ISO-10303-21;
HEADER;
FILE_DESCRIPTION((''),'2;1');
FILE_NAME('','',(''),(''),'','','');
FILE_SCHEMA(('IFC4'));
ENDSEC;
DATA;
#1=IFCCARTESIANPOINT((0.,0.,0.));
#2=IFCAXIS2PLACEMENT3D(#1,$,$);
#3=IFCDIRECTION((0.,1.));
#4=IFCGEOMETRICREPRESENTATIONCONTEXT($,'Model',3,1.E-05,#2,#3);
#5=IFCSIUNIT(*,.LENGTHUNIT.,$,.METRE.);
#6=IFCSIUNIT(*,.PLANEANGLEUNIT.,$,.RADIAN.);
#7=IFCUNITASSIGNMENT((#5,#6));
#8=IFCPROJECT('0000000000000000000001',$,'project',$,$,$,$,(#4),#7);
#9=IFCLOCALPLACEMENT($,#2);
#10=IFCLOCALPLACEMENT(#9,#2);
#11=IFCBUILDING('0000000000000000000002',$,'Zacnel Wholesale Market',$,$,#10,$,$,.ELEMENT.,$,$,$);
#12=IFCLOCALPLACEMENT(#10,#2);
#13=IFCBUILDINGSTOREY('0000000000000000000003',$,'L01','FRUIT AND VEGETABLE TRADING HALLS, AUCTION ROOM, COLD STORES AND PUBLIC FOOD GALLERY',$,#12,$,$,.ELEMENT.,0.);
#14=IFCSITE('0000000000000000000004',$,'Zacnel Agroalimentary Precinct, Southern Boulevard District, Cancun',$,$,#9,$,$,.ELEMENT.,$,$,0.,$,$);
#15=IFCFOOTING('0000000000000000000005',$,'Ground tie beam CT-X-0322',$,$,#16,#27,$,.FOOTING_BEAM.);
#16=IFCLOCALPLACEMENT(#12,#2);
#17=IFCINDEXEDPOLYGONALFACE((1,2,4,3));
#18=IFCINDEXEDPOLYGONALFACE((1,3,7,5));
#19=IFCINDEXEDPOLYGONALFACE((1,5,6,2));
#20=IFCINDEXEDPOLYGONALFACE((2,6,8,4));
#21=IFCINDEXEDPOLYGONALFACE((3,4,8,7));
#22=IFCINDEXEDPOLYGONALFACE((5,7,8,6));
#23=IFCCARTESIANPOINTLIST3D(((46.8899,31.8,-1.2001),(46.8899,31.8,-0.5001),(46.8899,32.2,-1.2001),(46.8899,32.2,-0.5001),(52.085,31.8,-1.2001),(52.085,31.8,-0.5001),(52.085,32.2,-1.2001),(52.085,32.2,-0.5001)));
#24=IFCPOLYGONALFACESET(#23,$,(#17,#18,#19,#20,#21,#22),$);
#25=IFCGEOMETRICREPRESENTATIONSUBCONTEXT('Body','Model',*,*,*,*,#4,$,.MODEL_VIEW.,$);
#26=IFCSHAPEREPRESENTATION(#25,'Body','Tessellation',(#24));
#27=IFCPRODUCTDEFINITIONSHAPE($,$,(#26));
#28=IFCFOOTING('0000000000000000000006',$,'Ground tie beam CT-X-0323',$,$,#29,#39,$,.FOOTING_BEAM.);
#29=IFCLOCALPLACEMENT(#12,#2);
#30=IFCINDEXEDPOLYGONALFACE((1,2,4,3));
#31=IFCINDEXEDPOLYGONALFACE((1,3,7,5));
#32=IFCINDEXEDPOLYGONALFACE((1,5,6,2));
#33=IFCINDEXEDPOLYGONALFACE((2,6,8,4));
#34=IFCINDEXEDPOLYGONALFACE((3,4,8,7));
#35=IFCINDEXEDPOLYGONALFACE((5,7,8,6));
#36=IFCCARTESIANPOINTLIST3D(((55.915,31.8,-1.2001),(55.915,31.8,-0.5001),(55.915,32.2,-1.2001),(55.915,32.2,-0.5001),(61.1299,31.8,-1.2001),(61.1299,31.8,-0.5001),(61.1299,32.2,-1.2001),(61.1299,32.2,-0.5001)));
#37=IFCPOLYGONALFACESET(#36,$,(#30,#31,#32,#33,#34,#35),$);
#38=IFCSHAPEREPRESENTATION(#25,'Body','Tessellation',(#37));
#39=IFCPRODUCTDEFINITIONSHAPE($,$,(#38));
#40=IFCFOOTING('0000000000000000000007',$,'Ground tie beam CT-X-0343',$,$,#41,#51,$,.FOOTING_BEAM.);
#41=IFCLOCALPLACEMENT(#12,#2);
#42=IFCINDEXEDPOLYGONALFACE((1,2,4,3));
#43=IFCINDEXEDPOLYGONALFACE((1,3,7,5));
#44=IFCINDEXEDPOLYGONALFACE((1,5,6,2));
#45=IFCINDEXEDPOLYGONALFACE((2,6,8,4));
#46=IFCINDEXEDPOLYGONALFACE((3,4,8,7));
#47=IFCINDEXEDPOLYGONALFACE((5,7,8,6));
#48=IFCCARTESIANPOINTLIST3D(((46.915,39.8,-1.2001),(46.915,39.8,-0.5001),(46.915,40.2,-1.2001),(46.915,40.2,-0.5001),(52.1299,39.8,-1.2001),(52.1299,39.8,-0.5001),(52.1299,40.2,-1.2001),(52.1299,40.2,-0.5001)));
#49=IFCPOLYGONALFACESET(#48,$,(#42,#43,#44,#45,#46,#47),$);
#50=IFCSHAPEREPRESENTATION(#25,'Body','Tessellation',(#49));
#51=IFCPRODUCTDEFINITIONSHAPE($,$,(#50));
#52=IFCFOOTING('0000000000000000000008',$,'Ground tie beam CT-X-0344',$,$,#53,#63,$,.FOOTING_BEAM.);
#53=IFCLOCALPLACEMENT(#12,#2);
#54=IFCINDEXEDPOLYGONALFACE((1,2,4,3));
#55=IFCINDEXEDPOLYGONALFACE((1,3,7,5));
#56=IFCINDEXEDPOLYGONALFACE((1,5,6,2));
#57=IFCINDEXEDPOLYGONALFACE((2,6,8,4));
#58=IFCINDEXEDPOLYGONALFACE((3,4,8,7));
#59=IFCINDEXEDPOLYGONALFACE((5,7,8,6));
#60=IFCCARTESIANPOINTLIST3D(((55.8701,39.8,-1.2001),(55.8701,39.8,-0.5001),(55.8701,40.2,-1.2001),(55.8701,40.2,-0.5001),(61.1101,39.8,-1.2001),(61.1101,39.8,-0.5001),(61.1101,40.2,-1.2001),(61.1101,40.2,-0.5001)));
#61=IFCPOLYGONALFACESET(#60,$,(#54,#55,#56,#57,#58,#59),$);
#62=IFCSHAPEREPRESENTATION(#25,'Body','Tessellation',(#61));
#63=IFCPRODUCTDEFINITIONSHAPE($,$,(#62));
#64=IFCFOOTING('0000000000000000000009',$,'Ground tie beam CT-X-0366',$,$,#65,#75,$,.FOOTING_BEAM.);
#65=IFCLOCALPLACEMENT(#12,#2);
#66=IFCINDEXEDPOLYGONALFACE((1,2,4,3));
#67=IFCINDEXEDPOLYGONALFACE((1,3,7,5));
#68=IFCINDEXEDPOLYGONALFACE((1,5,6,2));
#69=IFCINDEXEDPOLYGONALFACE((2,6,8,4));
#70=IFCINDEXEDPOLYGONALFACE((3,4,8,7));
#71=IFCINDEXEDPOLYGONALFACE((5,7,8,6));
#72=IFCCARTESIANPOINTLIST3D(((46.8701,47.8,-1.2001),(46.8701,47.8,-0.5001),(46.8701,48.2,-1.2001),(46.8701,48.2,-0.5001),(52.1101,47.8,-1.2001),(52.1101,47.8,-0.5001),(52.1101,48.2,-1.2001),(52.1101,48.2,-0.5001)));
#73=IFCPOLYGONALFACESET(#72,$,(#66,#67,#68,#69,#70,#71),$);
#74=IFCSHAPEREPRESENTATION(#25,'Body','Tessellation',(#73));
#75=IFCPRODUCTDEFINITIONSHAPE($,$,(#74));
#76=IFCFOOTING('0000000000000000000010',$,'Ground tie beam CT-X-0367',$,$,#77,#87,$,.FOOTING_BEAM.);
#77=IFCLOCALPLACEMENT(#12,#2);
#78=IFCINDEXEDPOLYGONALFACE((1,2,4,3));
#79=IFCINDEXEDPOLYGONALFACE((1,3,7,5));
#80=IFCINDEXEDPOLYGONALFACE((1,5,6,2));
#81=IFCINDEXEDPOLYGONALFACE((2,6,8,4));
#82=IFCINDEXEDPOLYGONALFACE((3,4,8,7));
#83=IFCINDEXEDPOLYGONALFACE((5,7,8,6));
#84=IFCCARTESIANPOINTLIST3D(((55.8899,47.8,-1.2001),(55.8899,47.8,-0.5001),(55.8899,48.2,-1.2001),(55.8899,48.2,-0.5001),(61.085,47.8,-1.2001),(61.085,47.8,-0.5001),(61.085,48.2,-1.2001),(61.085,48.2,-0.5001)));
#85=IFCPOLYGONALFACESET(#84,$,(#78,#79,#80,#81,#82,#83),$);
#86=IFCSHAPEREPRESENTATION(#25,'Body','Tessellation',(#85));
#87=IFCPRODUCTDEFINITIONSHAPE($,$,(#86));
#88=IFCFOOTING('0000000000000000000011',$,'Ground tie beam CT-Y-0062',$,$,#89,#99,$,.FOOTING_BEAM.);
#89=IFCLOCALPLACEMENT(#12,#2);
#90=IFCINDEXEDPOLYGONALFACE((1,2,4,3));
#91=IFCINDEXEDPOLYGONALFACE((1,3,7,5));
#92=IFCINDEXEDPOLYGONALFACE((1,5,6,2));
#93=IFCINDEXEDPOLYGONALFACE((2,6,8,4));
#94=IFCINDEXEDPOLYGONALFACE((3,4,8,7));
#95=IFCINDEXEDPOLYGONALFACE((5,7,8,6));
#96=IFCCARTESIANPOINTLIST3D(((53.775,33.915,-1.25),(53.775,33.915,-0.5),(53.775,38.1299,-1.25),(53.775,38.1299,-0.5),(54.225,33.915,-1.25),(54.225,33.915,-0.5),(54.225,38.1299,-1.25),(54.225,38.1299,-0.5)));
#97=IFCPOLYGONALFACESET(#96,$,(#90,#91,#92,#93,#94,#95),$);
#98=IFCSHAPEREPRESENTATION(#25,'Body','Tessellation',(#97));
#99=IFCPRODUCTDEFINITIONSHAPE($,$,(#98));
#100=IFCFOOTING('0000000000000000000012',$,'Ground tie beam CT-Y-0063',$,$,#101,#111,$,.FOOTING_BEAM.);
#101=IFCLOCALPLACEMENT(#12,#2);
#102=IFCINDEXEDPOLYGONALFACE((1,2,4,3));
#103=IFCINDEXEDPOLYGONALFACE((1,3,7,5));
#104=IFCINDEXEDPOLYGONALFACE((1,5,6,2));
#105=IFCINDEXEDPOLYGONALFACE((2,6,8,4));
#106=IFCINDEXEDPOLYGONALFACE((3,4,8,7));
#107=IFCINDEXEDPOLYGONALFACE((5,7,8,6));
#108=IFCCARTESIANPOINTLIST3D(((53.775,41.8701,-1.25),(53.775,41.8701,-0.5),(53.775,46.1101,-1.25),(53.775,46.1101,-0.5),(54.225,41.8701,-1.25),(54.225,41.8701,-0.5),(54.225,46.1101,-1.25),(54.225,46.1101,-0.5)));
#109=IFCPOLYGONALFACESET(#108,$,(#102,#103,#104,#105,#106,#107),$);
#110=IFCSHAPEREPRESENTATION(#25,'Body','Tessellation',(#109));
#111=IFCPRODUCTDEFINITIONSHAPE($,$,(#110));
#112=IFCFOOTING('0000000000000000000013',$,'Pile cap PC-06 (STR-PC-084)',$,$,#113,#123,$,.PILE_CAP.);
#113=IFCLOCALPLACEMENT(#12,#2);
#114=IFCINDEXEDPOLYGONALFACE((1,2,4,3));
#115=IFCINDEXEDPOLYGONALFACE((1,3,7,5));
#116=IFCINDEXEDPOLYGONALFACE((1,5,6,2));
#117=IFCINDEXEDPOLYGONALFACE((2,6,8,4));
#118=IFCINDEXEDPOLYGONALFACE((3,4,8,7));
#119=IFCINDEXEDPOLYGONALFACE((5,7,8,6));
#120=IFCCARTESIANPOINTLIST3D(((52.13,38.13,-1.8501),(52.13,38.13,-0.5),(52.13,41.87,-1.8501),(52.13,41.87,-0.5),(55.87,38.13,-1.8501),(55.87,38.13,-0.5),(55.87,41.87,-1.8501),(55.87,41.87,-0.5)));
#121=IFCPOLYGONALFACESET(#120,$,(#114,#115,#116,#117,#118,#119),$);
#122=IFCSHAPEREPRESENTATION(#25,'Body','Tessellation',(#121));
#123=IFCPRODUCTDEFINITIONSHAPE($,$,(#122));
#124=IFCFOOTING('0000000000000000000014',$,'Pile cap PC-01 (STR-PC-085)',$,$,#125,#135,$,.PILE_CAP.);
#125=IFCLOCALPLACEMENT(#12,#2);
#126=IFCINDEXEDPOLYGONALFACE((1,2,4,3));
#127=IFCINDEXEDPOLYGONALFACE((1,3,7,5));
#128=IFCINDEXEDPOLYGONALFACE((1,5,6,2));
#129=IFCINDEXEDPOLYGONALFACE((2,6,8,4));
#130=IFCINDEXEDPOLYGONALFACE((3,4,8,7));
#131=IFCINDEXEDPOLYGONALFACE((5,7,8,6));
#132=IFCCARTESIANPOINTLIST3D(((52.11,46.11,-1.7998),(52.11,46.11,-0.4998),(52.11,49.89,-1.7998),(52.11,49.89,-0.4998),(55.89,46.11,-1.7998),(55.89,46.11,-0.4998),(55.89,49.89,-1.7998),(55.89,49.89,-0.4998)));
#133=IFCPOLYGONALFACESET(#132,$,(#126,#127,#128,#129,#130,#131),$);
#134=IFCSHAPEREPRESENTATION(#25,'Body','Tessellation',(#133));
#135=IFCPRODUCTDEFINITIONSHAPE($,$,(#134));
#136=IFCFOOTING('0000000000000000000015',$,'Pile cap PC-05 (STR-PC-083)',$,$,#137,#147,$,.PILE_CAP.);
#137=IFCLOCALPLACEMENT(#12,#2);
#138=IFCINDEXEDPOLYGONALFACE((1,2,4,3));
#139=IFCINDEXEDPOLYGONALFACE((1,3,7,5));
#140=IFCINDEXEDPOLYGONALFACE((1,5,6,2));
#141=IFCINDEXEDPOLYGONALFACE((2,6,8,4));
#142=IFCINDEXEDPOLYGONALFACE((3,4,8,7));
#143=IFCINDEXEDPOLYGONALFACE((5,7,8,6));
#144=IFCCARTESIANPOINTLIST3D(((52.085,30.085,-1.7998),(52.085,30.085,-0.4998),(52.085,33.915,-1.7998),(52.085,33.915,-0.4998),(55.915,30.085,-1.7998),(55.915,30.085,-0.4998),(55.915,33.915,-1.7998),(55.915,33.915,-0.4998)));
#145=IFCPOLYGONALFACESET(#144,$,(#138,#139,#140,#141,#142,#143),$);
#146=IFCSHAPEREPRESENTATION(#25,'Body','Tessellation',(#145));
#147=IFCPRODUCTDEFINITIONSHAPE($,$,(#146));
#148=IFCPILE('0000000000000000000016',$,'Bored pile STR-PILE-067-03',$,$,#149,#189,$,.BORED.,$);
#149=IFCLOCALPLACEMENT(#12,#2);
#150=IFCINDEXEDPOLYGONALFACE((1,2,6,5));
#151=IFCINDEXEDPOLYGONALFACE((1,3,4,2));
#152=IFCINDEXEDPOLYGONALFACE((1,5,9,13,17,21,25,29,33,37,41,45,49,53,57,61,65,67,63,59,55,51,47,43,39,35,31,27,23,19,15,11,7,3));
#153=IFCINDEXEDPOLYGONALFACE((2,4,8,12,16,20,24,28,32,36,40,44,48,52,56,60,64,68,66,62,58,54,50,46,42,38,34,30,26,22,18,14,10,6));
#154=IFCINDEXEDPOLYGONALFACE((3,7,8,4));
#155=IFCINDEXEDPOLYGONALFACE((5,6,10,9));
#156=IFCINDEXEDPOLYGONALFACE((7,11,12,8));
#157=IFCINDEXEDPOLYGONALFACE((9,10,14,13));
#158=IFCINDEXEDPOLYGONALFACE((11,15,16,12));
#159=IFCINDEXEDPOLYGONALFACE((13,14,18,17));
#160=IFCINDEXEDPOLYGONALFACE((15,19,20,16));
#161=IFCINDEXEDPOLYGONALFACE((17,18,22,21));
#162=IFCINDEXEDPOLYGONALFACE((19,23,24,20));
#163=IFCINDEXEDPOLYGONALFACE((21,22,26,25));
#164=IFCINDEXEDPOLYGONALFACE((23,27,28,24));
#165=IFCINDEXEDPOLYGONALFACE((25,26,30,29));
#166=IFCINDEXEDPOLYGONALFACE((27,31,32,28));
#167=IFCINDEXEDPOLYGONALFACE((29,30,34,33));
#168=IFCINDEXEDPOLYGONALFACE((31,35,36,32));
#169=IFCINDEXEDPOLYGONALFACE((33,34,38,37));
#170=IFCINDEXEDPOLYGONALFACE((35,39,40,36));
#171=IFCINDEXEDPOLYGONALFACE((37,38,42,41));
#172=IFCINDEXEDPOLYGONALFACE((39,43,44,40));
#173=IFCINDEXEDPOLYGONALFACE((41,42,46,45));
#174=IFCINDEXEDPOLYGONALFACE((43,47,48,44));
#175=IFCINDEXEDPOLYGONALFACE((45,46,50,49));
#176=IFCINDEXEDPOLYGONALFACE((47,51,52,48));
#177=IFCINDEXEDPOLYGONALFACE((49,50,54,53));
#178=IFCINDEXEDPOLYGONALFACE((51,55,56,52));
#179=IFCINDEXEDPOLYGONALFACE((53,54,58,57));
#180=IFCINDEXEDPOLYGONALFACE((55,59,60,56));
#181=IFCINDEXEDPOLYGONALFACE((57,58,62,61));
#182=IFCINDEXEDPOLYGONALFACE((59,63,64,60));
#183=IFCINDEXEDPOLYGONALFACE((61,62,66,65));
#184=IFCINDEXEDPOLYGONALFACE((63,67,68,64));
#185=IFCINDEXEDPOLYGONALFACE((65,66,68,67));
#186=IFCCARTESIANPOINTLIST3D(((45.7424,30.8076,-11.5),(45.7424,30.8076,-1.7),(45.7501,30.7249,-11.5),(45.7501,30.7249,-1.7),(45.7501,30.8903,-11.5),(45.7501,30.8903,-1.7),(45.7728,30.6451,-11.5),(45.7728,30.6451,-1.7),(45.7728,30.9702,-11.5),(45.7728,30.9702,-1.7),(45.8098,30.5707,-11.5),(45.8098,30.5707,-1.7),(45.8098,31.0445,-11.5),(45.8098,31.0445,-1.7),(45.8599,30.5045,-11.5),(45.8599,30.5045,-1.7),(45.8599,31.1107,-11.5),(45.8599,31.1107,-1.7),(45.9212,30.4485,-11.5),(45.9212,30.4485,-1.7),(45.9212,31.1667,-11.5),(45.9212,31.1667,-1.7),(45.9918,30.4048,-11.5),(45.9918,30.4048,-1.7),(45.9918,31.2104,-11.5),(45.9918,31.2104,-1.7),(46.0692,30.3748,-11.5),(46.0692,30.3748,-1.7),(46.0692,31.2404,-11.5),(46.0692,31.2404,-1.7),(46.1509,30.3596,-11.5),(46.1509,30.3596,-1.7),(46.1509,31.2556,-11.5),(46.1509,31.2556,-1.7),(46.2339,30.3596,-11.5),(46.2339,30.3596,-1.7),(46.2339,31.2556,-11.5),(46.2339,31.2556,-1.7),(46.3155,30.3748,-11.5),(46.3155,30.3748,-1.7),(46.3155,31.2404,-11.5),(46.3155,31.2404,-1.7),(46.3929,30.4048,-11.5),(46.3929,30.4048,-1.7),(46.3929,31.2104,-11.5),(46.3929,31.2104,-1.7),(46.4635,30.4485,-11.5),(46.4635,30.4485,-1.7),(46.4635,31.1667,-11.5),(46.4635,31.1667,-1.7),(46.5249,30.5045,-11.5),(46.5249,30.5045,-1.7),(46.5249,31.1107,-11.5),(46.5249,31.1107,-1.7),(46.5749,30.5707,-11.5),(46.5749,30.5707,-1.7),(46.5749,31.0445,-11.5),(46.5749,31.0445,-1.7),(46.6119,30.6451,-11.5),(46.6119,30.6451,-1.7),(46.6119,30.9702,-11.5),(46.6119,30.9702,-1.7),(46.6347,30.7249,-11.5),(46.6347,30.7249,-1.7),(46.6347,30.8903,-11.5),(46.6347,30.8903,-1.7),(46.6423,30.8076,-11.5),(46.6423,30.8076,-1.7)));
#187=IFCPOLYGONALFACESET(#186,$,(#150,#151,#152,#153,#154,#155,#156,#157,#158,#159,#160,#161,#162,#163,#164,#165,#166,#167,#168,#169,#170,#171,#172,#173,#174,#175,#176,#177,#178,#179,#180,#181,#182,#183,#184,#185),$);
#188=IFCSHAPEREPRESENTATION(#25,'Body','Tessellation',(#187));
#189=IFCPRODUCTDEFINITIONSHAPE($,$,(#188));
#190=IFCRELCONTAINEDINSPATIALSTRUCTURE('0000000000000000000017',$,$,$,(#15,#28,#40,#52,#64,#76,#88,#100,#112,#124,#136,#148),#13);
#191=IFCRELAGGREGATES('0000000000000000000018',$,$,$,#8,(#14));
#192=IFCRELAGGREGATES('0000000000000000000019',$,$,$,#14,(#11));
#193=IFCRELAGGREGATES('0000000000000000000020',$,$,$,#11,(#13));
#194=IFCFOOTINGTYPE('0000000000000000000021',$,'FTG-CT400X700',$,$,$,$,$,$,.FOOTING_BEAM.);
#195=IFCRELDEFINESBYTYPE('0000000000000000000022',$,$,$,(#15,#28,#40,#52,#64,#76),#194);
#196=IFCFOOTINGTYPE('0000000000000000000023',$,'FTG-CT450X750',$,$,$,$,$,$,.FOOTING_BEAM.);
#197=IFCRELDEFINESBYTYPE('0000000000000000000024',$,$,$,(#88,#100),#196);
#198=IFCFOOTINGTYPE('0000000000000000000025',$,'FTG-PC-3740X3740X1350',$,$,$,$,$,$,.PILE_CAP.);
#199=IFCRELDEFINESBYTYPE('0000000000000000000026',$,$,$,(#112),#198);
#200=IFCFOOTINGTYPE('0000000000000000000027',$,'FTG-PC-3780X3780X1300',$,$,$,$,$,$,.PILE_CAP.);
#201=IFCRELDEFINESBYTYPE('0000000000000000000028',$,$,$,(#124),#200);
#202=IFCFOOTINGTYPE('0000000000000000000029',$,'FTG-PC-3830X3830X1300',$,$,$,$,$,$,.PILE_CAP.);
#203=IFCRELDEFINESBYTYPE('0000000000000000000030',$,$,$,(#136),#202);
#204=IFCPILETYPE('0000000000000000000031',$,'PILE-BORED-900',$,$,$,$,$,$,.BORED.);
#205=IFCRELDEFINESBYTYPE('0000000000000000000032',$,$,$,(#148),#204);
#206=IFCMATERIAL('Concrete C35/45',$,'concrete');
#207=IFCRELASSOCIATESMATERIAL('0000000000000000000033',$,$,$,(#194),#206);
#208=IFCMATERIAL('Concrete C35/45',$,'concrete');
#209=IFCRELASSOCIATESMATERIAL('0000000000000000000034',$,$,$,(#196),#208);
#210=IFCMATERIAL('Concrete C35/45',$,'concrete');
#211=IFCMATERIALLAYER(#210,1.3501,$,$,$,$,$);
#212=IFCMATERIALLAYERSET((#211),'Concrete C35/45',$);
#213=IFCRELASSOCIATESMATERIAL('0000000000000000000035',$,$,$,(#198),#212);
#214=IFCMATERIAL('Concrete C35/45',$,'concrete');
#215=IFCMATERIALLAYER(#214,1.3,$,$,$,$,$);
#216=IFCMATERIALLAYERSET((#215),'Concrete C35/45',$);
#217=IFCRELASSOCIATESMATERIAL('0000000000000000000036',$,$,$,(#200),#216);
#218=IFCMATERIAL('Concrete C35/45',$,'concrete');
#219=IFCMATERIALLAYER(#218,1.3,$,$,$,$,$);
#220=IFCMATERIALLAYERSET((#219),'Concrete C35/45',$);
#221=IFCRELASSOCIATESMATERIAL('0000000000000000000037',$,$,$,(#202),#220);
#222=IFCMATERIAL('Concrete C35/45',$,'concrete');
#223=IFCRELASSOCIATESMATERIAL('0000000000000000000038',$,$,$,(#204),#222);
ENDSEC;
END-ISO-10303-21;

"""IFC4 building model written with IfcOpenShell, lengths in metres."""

from ifc_helpers import new_model, si_unit, direction, frame, origin, origin_2d, place, context, subcontext, project, spatial, rectangle, circle, extrude, material, layer, layer_set, material_profile, profile_set, type_object, element, save


model = new_model("IFC4")

# Units and contexts
model_context = context("Model", 3, precision=1e-05, world=origin(), true_north=direction((0.0, 1.0)))
body_context = subcontext(model_context, "Body", "Model", "MODEL_VIEW")
ifc_project = project(units=[si_unit("LENGTHUNIT", "METRE"), si_unit("PLANEANGLEUNIT", "RADIAN")], contexts=[model_context])

# Site, building, storey
site_placement = place(None, origin())
site = spatial("IfcSite", under=ifc_project, at=site_placement, Name="Zacnel Agroalimentary Precinct, Southern Boulevard District, Cancun", CompositionType="ELEMENT", RefElevation=0.0)
building_placement = place(site_placement, origin())
building = spatial("IfcBuilding", under=site, at=building_placement, Name="Zacnel Wholesale Market", CompositionType="ELEMENT")
storey_placement = place(building_placement, origin())
storey = spatial("IfcBuildingStorey", under=building, at=storey_placement, Name="L01", Description="FRUIT AND VEGETABLE TRADING HALLS, AUCTION ROOM, COLD STORES AND PUBLIC FOOD GALLERY", CompositionType="ELEMENT", Elevation=0.0)

# Footings
ifc_material_1 = material(Name="Concrete C35/45", Category="concrete")
ifc_material_profile_1 = material_profile(ifc_material_1, rectangle(XDim=0.3999, YDim=0.7, at=origin_2d()), Name="CT 400x700")
ifc_profile_set_1 = profile_set([ifc_material_profile_1], Name="Concrete C35/45")
footing_type_1 = type_object("IfcFootingType", Name="FTG-CT400X700", PredefinedType="FOOTING_BEAM", material=ifc_profile_set_1)
footing_1_placement = place(storey_placement, frame((46.8899, 32.0, -0.8501), z_axis=(1.0, 0.0, 0.0), x_axis=(0.0, 1.0, 0.0)))
element("IfcFooting", 1, at=footing_1_placement, inside=storey, type_object=footing_type_1, Name="Ground tie beam CT-X-0322", PredefinedType="FOOTING_BEAM", context=body_context, shape_type="SweptSolid", body=[
    extrude(rectangle(XDim=0.3999, YDim=0.7, at=origin_2d()), origin(), (0.0, 0.0, 1.0), 5.1951),
])
for number, where, z_axis, x_axis, name in (
    (2, (55.915, 32.0, -0.8501), (1.0, 0.0, 0.0), (0.0, 1.0, 0.0), "Ground tie beam CT-X-0323"),
    (3, (46.915, 40.0, -0.8501), (1.0, 0.0, 0.0), (0.0, 1.0, 0.0), "Ground tie beam CT-X-0343"),
):
    element("IfcFooting", number, at=place(storey_placement, frame(where, z_axis=z_axis, x_axis=x_axis)), inside=storey, type_object=footing_type_1, Name=name, PredefinedType="FOOTING_BEAM", context=body_context, shape_type="SweptSolid", body=[
        extrude(rectangle(XDim=0.3999, YDim=0.7, at=origin_2d()), origin(), (0.0, 0.0, 1.0), 5.2148),
    ])
for number, where, z_axis, x_axis, name in (
    (4, (55.8701, 40.0, -0.8501), (1.0, 0.0, 0.0), (0.0, 1.0, 0.0), "Ground tie beam CT-X-0344"),
    (5, (46.8701, 48.0, -0.8501), (1.0, 0.0, 0.0), (0.0, 1.0, 0.0), "Ground tie beam CT-X-0366"),
):
    element("IfcFooting", number, at=place(storey_placement, frame(where, z_axis=z_axis, x_axis=x_axis)), inside=storey, type_object=footing_type_1, Name=name, PredefinedType="FOOTING_BEAM", context=body_context, shape_type="SweptSolid", body=[
        extrude(rectangle(XDim=0.3999, YDim=0.7, at=origin_2d()), origin(), (0.0, 0.0, 1.0), 5.24),
    ])
footing_2_placement = place(storey_placement, frame((55.8899, 48.0, -0.8501), z_axis=(1.0, 0.0, 0.0), x_axis=(0.0, 1.0, 0.0)))
element("IfcFooting", 6, at=footing_2_placement, inside=storey, type_object=footing_type_1, Name="Ground tie beam CT-X-0367", PredefinedType="FOOTING_BEAM", context=body_context, shape_type="SweptSolid", body=[
    extrude(rectangle(XDim=0.3999, YDim=0.7, at=origin_2d()), origin(), (0.0, 0.0, 1.0), 5.1951),
])
ifc_material_2 = material(Name="Concrete C35/45", Category="concrete")
ifc_material_profile_2 = material_profile(ifc_material_2, rectangle(XDim=0.45, YDim=0.75, at=origin_2d()), Name="CT 450x750")
ifc_profile_set_2 = profile_set([ifc_material_profile_2], Name="Concrete C35/45")
footing_type_2 = type_object("IfcFootingType", Name="FTG-CT450X750", PredefinedType="FOOTING_BEAM", material=ifc_profile_set_2)
footing_3_placement = place(storey_placement, frame((54.0, 33.915, -0.875), z_axis=(0.0, 1.0, 0.0), x_axis=(-1.0, 0.0, 0.0)))
element("IfcFooting", 7, at=footing_3_placement, inside=storey, type_object=footing_type_2, Name="Ground tie beam CT-Y-0062", PredefinedType="FOOTING_BEAM", context=body_context, shape_type="SweptSolid", body=[
    extrude(rectangle(XDim=0.45, YDim=0.75, at=origin_2d()), origin(), (0.0, 0.0, 1.0), 4.2148),
])
footing_4_placement = place(storey_placement, frame((54.0, 41.8701, -0.875), z_axis=(0.0, 1.0, 0.0), x_axis=(-1.0, 0.0, 0.0)))
element("IfcFooting", 8, at=footing_4_placement, inside=storey, type_object=footing_type_2, Name="Ground tie beam CT-Y-0063", PredefinedType="FOOTING_BEAM", context=body_context, shape_type="SweptSolid", body=[
    extrude(rectangle(XDim=0.45, YDim=0.75, at=origin_2d()), origin(), (0.0, 0.0, 1.0), 4.24),
])
ifc_material_3 = material(Name="Concrete C35/45", Category="concrete")
ifc_layer_1 = layer(ifc_material_3, 1.3501)
ifc_layer_set_1 = layer_set([ifc_layer_1], Name="Concrete C35/45")
footing_type_3 = type_object("IfcFootingType", Name="FTG-PC-3740X3740X1350", PredefinedType="PILE_CAP", material=ifc_layer_set_1)
footing_5_placement = place(storey_placement, frame((54.0, 40.0, -1.8501), z_axis=(0.0, 0.0, 1.0), x_axis=(1.0, 0.0, 0.0)))
element("IfcFooting", 9, at=footing_5_placement, inside=storey, type_object=footing_type_3, Name="Pile cap PC-06 (STR-PC-084)", PredefinedType="PILE_CAP", context=body_context, shape_type="SweptSolid", body=[
    extrude(rectangle(XDim=3.74, YDim=3.74, at=origin_2d()), origin(), (0.0, 0.0, 1.0), 1.3501),
])
ifc_material_4 = material(Name="Concrete C35/45", Category="concrete")
ifc_layer_2 = layer(ifc_material_4, 1.3)
ifc_layer_set_2 = layer_set([ifc_layer_2], Name="Concrete C35/45")
footing_type_4 = type_object("IfcFootingType", Name="FTG-PC-3780X3780X1300", PredefinedType="PILE_CAP", material=ifc_layer_set_2)
footing_6_placement = place(storey_placement, frame((54.0, 48.0, -1.7998), z_axis=(0.0, 0.0, 1.0), x_axis=(1.0, 0.0, 0.0)))
element("IfcFooting", 10, at=footing_6_placement, inside=storey, type_object=footing_type_4, Name="Pile cap PC-01 (STR-PC-085)", PredefinedType="PILE_CAP", context=body_context, shape_type="SweptSolid", body=[
    extrude(rectangle(XDim=3.78, YDim=3.78, at=origin_2d()), origin(), (0.0, 0.0, 1.0), 1.3),
])
ifc_material_5 = material(Name="Concrete C35/45", Category="concrete")
ifc_layer_3 = layer(ifc_material_5, 1.3)
ifc_layer_set_3 = layer_set([ifc_layer_3], Name="Concrete C35/45")
footing_type_5 = type_object("IfcFootingType", Name="FTG-PC-3830X3830X1300", PredefinedType="PILE_CAP", material=ifc_layer_set_3)
footing_7_placement = place(storey_placement, frame((54.0, 32.0, -1.7998), z_axis=(0.0, 0.0, 1.0), x_axis=(1.0, 0.0, 0.0)))
element("IfcFooting", 11, at=footing_7_placement, inside=storey, type_object=footing_type_5, Name="Pile cap PC-05 (STR-PC-083)", PredefinedType="PILE_CAP", context=body_context, shape_type="SweptSolid", body=[
    extrude(rectangle(XDim=3.8301, YDim=3.8301, at=origin_2d()), origin(), (0.0, 0.0, 1.0), 1.3),
])

# Pile
ifc_material_6 = material(Name="Concrete C35/45", Category="concrete")
ifc_material_profile_3 = material_profile(ifc_material_6, circle(Radius=0.45, at=origin_2d()), Name="BORED PILE D900")
ifc_profile_set_3 = profile_set([ifc_material_profile_3], Name="Concrete C35/45")
pile_type = type_object("IfcPileType", Name="PILE-BORED-900", PredefinedType="BORED", material=ifc_profile_set_3)
for number, where, z_axis, x_axis, name in (
    (12, (46.1924, 30.8076, -1.7), (0.0, 0.0, -1.0), (1.0, 0.0, 0.0), "Bored pile STR-PILE-067-03"),
):
    element("IfcPile", number, at=place(storey_placement, frame(where, z_axis=z_axis, x_axis=x_axis)), inside=storey, type_object=pile_type, Name=name, PredefinedType="BORED", context=body_context, shape_type="SweptSolid", body=[
        extrude(circle(Radius=0.45, at=origin_2d()), origin(), (0.0, 0.0, 1.0), 9.8),
    ])

save(model, "model.ifc")
